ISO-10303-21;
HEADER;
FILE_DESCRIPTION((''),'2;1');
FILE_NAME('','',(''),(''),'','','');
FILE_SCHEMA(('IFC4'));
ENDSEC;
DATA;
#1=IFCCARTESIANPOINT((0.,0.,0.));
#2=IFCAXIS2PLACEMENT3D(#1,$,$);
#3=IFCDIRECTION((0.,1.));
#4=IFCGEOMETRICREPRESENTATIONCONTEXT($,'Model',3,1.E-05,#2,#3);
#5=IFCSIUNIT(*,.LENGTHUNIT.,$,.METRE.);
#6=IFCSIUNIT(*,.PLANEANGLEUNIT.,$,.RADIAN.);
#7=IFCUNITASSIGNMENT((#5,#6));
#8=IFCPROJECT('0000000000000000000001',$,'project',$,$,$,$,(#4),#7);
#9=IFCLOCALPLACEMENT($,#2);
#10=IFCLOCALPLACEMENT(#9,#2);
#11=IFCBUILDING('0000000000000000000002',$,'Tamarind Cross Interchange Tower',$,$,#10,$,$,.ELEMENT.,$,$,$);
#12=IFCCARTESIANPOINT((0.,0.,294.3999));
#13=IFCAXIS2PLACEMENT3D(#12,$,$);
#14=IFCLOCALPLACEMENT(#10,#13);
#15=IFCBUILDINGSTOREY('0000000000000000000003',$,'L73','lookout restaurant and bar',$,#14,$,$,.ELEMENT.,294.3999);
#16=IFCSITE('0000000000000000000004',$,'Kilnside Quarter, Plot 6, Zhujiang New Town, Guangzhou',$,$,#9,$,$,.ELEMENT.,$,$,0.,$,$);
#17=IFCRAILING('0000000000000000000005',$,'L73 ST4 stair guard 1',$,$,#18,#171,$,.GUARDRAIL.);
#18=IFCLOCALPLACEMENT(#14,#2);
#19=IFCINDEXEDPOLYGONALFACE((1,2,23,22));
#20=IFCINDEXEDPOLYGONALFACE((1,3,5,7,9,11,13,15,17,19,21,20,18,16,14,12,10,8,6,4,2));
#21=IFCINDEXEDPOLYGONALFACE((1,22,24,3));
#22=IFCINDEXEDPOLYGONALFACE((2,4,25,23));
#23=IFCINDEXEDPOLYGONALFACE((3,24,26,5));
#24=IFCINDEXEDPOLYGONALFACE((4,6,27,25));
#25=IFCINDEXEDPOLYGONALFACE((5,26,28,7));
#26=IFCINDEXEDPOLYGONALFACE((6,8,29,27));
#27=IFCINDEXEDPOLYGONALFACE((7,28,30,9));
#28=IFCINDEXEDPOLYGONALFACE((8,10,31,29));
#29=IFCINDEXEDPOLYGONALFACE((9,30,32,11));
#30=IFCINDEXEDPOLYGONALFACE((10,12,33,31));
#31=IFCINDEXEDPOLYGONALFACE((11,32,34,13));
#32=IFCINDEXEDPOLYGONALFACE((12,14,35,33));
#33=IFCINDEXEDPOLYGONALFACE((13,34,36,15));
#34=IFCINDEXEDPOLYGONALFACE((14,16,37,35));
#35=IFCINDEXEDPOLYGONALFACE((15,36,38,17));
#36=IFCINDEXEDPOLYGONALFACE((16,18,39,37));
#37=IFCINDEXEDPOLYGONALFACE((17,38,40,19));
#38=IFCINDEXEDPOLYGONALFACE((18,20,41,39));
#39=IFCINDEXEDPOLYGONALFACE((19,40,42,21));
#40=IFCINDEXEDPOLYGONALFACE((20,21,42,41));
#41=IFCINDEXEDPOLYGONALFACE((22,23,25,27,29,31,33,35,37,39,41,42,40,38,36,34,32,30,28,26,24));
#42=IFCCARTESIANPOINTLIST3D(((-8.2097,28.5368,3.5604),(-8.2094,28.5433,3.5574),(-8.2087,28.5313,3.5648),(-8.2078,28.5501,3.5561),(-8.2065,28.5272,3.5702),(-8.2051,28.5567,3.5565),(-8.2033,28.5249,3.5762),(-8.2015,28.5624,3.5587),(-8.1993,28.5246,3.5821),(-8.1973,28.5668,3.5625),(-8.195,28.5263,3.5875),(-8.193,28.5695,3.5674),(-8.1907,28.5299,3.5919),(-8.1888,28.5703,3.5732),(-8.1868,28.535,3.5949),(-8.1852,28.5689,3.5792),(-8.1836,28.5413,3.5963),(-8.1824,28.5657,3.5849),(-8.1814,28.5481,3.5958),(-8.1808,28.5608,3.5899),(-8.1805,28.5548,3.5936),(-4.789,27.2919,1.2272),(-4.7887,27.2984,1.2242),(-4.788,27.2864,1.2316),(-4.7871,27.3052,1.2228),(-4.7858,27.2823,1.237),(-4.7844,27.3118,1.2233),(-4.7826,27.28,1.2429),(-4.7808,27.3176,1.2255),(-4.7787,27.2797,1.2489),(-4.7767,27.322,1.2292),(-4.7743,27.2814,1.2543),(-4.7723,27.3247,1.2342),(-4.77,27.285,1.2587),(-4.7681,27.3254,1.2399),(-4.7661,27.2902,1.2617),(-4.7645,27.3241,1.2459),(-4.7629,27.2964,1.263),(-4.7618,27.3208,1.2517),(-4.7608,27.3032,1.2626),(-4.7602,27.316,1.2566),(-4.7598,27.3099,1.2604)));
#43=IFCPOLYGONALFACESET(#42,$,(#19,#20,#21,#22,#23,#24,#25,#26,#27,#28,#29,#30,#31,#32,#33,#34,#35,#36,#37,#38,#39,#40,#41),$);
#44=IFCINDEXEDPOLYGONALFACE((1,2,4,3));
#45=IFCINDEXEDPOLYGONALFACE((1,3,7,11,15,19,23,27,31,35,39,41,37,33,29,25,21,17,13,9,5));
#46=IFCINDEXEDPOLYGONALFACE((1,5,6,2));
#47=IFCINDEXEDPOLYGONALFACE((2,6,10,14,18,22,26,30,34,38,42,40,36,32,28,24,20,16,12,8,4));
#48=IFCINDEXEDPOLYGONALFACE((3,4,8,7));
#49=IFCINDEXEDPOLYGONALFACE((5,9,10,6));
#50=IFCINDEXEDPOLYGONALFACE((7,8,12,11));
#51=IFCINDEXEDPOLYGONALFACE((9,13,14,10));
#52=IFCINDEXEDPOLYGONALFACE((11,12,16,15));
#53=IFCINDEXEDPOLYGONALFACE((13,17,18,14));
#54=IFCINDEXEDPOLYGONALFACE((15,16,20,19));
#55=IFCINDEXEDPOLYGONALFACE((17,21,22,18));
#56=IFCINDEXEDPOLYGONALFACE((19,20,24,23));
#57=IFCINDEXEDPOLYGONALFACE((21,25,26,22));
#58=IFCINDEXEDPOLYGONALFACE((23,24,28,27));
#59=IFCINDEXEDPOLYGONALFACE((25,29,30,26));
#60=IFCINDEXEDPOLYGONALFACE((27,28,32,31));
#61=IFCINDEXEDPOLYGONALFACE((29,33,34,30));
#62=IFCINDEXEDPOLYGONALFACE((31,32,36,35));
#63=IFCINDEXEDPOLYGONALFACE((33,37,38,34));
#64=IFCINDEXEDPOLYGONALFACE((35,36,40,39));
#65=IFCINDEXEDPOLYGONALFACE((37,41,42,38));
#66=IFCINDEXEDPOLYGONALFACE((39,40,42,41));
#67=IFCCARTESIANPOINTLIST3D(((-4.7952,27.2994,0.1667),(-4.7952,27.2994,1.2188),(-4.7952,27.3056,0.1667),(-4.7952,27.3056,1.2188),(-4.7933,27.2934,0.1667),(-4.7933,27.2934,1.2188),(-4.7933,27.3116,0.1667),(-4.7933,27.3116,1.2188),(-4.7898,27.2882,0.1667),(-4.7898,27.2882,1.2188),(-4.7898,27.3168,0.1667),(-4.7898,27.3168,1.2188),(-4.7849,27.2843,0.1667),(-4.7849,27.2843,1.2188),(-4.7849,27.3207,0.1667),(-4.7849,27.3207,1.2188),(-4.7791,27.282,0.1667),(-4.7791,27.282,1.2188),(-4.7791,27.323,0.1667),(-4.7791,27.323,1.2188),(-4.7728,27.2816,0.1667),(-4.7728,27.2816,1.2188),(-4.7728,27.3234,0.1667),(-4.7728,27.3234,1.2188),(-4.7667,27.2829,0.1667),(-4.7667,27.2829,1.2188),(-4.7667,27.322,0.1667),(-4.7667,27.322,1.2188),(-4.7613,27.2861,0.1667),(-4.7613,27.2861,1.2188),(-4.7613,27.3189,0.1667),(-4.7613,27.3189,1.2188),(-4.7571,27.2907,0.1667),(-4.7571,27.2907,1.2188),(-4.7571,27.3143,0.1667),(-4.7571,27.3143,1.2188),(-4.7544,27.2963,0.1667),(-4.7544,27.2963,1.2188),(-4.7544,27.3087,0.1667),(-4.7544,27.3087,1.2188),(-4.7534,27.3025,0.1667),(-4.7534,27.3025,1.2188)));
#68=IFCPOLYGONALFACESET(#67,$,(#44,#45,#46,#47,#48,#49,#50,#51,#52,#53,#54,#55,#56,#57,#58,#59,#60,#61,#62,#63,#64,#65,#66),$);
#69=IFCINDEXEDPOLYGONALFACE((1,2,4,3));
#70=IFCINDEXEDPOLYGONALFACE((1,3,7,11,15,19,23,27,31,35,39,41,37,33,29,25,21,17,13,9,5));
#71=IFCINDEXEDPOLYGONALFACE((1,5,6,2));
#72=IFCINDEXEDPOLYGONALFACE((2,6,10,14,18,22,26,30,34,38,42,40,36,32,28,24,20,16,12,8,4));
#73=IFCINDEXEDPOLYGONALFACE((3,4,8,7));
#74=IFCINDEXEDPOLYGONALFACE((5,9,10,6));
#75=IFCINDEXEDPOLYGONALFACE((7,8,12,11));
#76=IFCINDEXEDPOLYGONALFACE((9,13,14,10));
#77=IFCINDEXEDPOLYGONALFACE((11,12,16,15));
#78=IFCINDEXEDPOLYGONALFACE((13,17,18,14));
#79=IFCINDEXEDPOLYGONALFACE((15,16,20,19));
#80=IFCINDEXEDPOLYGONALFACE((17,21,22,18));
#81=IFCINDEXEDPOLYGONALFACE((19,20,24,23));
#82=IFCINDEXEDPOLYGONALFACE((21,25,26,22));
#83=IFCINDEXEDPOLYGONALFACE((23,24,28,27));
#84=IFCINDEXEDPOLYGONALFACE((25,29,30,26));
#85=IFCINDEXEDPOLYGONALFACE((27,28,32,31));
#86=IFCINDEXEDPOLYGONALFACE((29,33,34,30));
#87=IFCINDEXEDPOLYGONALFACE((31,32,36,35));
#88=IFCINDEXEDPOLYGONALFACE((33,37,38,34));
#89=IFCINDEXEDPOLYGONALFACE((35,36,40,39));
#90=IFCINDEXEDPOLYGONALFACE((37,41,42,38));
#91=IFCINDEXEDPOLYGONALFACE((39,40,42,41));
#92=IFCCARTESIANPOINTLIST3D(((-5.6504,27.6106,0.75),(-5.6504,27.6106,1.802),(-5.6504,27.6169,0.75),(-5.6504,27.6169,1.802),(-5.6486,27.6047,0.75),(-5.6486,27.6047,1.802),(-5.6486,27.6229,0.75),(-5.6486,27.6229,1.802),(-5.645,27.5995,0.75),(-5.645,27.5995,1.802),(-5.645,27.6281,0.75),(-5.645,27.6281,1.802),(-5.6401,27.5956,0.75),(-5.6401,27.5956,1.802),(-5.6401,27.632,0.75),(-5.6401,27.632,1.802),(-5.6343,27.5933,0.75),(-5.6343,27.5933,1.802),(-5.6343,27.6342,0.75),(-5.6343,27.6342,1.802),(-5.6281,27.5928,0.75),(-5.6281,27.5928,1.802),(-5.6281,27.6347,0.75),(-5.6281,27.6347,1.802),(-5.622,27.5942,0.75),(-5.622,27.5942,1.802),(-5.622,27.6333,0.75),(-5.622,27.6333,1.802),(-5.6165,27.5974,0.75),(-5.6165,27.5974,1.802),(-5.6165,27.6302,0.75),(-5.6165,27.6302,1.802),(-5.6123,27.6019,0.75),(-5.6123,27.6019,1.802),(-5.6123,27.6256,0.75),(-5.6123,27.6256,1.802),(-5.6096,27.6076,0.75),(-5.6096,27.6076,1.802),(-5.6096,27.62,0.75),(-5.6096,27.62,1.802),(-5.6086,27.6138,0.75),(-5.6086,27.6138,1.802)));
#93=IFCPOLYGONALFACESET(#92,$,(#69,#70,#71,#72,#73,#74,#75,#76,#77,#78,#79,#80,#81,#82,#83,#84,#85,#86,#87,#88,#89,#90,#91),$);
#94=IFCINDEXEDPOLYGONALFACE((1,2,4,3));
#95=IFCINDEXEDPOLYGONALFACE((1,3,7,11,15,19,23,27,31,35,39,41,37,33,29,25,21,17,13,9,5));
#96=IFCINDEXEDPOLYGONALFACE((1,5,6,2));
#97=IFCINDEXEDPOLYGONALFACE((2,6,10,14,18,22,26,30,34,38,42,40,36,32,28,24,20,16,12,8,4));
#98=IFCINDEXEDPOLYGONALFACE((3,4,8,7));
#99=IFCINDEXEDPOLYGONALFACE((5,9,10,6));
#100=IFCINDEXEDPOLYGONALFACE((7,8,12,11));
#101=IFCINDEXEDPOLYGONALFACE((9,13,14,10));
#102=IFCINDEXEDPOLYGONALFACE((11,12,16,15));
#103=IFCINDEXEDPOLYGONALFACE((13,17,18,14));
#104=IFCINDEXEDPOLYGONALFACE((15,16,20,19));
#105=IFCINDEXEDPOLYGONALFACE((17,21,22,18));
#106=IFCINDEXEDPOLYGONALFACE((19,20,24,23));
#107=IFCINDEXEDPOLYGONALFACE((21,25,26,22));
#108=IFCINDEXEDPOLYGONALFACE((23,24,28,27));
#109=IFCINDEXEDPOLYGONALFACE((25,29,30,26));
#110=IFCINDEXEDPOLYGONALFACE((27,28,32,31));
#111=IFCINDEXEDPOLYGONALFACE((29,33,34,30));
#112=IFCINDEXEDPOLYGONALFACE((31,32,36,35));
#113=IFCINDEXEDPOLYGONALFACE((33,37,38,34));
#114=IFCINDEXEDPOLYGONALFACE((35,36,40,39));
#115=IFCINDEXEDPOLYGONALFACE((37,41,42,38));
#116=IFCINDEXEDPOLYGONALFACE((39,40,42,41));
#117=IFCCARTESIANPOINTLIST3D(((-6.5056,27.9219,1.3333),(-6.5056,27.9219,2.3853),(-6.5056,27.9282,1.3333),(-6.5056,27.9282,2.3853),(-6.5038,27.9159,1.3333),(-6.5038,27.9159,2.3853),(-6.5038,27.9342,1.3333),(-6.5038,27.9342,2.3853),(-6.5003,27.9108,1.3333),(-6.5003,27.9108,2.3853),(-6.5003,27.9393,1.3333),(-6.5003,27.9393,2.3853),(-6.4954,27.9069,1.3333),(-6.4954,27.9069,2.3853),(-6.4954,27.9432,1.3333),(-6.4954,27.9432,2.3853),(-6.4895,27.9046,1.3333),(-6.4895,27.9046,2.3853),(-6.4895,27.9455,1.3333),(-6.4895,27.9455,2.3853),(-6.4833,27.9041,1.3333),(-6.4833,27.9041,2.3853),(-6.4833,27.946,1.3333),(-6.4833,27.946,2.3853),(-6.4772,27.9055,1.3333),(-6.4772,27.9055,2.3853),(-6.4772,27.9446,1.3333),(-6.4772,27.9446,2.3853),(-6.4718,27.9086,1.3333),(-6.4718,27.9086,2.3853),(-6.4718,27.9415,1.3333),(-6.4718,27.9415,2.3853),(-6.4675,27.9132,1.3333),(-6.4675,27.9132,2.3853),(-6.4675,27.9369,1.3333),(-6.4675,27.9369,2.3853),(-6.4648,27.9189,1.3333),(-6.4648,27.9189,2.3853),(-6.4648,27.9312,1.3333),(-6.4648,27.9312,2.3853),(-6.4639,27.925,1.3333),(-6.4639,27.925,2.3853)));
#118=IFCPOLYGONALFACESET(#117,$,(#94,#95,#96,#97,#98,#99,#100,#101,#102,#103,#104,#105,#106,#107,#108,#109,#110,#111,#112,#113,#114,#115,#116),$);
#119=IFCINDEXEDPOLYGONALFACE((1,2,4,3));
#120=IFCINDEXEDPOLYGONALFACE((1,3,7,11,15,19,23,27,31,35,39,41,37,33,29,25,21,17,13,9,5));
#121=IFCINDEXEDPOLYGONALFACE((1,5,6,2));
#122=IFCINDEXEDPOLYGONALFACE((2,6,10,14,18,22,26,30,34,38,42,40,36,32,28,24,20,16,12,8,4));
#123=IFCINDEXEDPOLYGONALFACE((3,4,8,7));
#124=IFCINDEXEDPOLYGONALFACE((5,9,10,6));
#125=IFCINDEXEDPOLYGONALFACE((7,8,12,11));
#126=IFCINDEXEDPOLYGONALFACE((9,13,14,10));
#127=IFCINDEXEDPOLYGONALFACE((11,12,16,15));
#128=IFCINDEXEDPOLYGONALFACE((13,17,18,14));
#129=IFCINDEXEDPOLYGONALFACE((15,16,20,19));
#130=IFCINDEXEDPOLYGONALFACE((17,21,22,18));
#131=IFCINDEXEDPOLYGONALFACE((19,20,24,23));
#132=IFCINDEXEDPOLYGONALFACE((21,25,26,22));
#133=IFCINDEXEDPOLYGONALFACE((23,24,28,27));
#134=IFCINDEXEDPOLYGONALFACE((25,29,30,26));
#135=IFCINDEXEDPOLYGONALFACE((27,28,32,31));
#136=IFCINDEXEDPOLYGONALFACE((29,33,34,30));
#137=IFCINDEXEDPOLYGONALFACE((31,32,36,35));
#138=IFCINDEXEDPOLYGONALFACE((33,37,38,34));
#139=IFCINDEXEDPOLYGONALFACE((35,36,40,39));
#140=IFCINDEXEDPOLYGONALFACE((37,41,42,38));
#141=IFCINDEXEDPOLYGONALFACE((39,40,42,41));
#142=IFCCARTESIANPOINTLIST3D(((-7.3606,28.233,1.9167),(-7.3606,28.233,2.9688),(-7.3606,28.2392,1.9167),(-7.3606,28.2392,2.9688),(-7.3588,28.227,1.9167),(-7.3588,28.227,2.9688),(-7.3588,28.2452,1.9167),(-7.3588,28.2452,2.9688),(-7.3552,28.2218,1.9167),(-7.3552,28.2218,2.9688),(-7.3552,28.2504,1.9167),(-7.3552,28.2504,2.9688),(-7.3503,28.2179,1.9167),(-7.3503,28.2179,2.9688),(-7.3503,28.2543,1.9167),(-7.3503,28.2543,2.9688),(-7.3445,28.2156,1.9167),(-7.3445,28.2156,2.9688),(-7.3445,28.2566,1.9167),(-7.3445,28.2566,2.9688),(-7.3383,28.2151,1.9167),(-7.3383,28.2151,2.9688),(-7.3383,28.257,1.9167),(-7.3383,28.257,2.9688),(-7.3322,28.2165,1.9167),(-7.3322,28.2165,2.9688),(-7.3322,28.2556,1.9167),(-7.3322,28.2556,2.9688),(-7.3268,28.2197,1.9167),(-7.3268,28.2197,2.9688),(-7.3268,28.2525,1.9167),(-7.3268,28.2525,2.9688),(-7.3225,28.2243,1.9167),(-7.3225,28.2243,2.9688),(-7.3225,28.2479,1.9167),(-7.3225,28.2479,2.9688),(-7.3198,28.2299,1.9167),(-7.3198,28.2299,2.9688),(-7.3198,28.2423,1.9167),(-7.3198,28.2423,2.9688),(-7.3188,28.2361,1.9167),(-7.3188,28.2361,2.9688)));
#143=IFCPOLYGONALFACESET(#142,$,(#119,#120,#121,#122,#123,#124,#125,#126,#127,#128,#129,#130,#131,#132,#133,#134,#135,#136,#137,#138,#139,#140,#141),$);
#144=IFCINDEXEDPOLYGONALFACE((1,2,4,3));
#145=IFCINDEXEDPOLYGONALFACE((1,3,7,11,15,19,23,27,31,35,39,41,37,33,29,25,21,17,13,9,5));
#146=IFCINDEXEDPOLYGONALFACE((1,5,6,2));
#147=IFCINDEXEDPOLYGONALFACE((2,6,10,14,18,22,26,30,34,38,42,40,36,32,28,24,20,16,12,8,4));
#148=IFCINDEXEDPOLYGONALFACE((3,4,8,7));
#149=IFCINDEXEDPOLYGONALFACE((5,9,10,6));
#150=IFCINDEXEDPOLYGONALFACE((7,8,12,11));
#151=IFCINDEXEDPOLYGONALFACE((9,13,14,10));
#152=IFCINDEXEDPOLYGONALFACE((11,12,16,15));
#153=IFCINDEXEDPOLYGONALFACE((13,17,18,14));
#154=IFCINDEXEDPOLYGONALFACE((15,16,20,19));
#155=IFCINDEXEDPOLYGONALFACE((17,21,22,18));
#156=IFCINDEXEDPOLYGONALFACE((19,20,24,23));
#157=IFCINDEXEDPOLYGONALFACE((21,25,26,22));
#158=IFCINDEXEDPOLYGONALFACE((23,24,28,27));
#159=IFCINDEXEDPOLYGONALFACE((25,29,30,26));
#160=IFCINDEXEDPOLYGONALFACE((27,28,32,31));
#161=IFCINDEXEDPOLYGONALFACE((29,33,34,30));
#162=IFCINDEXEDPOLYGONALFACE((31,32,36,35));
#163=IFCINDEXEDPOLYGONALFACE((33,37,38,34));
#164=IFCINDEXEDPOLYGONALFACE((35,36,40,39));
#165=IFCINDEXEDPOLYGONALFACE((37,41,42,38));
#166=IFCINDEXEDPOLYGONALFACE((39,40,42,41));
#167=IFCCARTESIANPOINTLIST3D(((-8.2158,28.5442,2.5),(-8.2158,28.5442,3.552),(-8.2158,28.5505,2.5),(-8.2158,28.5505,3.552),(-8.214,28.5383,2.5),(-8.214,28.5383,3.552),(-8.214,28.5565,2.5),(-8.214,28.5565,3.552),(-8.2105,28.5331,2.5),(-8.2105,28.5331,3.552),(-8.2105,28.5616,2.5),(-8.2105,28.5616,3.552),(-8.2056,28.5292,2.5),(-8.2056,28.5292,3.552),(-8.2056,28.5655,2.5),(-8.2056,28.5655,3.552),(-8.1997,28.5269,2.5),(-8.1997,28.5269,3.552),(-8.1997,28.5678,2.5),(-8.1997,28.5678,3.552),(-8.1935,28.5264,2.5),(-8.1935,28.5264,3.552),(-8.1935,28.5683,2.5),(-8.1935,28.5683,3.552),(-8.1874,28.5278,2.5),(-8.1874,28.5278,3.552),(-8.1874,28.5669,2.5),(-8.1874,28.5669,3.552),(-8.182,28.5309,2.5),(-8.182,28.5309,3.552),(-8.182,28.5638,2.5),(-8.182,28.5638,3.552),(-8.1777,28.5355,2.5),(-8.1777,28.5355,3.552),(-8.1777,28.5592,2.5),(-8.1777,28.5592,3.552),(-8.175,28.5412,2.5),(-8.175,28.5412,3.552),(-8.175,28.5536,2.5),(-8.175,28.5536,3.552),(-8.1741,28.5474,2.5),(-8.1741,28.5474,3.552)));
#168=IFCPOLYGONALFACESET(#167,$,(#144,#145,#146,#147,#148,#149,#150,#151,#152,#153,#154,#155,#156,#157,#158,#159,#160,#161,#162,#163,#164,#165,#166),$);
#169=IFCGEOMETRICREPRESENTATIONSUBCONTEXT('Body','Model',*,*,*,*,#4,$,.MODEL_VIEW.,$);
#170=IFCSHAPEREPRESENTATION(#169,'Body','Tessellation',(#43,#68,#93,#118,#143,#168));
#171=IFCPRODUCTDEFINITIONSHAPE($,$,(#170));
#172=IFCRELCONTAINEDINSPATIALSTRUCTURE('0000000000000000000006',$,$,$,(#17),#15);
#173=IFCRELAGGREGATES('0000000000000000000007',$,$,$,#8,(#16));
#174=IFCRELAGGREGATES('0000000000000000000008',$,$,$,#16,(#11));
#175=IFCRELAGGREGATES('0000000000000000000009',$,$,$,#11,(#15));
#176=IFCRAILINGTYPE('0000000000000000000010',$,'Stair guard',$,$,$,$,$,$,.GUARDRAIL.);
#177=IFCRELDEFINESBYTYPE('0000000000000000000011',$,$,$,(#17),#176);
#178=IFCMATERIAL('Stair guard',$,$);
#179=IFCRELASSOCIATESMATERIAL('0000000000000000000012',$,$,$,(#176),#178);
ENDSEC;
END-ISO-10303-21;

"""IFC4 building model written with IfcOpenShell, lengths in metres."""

from ifc_helpers import new_model, si_unit, direction, frame, origin, origin_2d, place, context, subcontext, project, spatial, circle, extrude, material, type_object, element, save


model = new_model("IFC4")

# Units and contexts
model_context = context("Model", 3, precision=1e-05, world=origin(), true_north=direction((0.0, 1.0)))
body_context = subcontext(model_context, "Body", "Model", "MODEL_VIEW")
ifc_project = project(units=[si_unit("LENGTHUNIT", "METRE"), si_unit("PLANEANGLEUNIT", "RADIAN")], contexts=[model_context])

# Site, building, storey
site_placement = place(None, origin())
site = spatial("IfcSite", under=ifc_project, at=site_placement, Name="Kilnside Quarter, Plot 6, Zhujiang New Town, Guangzhou", CompositionType="ELEMENT", RefElevation=0.0)
building_placement = place(site_placement, origin())
building = spatial("IfcBuilding", under=site, at=building_placement, Name="Tamarind Cross Interchange Tower", CompositionType="ELEMENT")
storey_placement = place(building_placement, frame((0.0, 0.0, 294.3999)))
storey = spatial("IfcBuildingStorey", under=building, at=storey_placement, Name="L73", Description="lookout restaurant and bar", CompositionType="ELEMENT", Elevation=294.3999)

# Railing
ifc_material_1 = material(Name="Stair guard")
railing_type_1 = type_object("IfcRailingType", Name="Stair guard", PredefinedType="GUARDRAIL", material=ifc_material_1)
railing_1_placement = place(storey_placement, frame((-4.7744, 27.3025, 0.1667)))
element("IfcRailing", 1, at=railing_1_placement, inside=storey, type_object=railing_type_1, Name="L73 ST4 stair guard 1", PredefinedType="GUARDRAIL", context=body_context, shape_type="SweptSolid", body=[
    extrude(circle(Radius=0.0239, at=origin_2d()), frame((0.0, 0.0, 1.0762), z_axis=(-0.791135, 0.287916, 0.539639), x_axis=(-0.341985, -0.939705, 0.0)), (0.0, 0.0, 1.0), 4.3237),
    extrude(circle(Radius=0.021, at=origin_2d()), origin(), (0.0, 0.0, 1.0), 1.052),
    extrude(circle(Radius=0.021, at=origin_2d()), frame((-0.8552, 0.3113, 0.5833)), (0.0, 0.0, 1.0), 1.052),
    extrude(circle(Radius=0.021, at=origin_2d()), frame((-1.7104, 0.6226, 1.1665)), (0.0, 0.0, 1.0), 1.052),
    extrude(circle(Radius=0.021, at=origin_2d()), frame((-2.5654, 0.9336, 1.75)), (0.0, 0.0, 1.0), 1.052),
    extrude(circle(Radius=0.021, at=origin_2d()), frame((-3.4207, 1.2449, 2.3333)), (0.0, 0.0, 1.0), 1.052),
])

save(model, "model.ifc")
